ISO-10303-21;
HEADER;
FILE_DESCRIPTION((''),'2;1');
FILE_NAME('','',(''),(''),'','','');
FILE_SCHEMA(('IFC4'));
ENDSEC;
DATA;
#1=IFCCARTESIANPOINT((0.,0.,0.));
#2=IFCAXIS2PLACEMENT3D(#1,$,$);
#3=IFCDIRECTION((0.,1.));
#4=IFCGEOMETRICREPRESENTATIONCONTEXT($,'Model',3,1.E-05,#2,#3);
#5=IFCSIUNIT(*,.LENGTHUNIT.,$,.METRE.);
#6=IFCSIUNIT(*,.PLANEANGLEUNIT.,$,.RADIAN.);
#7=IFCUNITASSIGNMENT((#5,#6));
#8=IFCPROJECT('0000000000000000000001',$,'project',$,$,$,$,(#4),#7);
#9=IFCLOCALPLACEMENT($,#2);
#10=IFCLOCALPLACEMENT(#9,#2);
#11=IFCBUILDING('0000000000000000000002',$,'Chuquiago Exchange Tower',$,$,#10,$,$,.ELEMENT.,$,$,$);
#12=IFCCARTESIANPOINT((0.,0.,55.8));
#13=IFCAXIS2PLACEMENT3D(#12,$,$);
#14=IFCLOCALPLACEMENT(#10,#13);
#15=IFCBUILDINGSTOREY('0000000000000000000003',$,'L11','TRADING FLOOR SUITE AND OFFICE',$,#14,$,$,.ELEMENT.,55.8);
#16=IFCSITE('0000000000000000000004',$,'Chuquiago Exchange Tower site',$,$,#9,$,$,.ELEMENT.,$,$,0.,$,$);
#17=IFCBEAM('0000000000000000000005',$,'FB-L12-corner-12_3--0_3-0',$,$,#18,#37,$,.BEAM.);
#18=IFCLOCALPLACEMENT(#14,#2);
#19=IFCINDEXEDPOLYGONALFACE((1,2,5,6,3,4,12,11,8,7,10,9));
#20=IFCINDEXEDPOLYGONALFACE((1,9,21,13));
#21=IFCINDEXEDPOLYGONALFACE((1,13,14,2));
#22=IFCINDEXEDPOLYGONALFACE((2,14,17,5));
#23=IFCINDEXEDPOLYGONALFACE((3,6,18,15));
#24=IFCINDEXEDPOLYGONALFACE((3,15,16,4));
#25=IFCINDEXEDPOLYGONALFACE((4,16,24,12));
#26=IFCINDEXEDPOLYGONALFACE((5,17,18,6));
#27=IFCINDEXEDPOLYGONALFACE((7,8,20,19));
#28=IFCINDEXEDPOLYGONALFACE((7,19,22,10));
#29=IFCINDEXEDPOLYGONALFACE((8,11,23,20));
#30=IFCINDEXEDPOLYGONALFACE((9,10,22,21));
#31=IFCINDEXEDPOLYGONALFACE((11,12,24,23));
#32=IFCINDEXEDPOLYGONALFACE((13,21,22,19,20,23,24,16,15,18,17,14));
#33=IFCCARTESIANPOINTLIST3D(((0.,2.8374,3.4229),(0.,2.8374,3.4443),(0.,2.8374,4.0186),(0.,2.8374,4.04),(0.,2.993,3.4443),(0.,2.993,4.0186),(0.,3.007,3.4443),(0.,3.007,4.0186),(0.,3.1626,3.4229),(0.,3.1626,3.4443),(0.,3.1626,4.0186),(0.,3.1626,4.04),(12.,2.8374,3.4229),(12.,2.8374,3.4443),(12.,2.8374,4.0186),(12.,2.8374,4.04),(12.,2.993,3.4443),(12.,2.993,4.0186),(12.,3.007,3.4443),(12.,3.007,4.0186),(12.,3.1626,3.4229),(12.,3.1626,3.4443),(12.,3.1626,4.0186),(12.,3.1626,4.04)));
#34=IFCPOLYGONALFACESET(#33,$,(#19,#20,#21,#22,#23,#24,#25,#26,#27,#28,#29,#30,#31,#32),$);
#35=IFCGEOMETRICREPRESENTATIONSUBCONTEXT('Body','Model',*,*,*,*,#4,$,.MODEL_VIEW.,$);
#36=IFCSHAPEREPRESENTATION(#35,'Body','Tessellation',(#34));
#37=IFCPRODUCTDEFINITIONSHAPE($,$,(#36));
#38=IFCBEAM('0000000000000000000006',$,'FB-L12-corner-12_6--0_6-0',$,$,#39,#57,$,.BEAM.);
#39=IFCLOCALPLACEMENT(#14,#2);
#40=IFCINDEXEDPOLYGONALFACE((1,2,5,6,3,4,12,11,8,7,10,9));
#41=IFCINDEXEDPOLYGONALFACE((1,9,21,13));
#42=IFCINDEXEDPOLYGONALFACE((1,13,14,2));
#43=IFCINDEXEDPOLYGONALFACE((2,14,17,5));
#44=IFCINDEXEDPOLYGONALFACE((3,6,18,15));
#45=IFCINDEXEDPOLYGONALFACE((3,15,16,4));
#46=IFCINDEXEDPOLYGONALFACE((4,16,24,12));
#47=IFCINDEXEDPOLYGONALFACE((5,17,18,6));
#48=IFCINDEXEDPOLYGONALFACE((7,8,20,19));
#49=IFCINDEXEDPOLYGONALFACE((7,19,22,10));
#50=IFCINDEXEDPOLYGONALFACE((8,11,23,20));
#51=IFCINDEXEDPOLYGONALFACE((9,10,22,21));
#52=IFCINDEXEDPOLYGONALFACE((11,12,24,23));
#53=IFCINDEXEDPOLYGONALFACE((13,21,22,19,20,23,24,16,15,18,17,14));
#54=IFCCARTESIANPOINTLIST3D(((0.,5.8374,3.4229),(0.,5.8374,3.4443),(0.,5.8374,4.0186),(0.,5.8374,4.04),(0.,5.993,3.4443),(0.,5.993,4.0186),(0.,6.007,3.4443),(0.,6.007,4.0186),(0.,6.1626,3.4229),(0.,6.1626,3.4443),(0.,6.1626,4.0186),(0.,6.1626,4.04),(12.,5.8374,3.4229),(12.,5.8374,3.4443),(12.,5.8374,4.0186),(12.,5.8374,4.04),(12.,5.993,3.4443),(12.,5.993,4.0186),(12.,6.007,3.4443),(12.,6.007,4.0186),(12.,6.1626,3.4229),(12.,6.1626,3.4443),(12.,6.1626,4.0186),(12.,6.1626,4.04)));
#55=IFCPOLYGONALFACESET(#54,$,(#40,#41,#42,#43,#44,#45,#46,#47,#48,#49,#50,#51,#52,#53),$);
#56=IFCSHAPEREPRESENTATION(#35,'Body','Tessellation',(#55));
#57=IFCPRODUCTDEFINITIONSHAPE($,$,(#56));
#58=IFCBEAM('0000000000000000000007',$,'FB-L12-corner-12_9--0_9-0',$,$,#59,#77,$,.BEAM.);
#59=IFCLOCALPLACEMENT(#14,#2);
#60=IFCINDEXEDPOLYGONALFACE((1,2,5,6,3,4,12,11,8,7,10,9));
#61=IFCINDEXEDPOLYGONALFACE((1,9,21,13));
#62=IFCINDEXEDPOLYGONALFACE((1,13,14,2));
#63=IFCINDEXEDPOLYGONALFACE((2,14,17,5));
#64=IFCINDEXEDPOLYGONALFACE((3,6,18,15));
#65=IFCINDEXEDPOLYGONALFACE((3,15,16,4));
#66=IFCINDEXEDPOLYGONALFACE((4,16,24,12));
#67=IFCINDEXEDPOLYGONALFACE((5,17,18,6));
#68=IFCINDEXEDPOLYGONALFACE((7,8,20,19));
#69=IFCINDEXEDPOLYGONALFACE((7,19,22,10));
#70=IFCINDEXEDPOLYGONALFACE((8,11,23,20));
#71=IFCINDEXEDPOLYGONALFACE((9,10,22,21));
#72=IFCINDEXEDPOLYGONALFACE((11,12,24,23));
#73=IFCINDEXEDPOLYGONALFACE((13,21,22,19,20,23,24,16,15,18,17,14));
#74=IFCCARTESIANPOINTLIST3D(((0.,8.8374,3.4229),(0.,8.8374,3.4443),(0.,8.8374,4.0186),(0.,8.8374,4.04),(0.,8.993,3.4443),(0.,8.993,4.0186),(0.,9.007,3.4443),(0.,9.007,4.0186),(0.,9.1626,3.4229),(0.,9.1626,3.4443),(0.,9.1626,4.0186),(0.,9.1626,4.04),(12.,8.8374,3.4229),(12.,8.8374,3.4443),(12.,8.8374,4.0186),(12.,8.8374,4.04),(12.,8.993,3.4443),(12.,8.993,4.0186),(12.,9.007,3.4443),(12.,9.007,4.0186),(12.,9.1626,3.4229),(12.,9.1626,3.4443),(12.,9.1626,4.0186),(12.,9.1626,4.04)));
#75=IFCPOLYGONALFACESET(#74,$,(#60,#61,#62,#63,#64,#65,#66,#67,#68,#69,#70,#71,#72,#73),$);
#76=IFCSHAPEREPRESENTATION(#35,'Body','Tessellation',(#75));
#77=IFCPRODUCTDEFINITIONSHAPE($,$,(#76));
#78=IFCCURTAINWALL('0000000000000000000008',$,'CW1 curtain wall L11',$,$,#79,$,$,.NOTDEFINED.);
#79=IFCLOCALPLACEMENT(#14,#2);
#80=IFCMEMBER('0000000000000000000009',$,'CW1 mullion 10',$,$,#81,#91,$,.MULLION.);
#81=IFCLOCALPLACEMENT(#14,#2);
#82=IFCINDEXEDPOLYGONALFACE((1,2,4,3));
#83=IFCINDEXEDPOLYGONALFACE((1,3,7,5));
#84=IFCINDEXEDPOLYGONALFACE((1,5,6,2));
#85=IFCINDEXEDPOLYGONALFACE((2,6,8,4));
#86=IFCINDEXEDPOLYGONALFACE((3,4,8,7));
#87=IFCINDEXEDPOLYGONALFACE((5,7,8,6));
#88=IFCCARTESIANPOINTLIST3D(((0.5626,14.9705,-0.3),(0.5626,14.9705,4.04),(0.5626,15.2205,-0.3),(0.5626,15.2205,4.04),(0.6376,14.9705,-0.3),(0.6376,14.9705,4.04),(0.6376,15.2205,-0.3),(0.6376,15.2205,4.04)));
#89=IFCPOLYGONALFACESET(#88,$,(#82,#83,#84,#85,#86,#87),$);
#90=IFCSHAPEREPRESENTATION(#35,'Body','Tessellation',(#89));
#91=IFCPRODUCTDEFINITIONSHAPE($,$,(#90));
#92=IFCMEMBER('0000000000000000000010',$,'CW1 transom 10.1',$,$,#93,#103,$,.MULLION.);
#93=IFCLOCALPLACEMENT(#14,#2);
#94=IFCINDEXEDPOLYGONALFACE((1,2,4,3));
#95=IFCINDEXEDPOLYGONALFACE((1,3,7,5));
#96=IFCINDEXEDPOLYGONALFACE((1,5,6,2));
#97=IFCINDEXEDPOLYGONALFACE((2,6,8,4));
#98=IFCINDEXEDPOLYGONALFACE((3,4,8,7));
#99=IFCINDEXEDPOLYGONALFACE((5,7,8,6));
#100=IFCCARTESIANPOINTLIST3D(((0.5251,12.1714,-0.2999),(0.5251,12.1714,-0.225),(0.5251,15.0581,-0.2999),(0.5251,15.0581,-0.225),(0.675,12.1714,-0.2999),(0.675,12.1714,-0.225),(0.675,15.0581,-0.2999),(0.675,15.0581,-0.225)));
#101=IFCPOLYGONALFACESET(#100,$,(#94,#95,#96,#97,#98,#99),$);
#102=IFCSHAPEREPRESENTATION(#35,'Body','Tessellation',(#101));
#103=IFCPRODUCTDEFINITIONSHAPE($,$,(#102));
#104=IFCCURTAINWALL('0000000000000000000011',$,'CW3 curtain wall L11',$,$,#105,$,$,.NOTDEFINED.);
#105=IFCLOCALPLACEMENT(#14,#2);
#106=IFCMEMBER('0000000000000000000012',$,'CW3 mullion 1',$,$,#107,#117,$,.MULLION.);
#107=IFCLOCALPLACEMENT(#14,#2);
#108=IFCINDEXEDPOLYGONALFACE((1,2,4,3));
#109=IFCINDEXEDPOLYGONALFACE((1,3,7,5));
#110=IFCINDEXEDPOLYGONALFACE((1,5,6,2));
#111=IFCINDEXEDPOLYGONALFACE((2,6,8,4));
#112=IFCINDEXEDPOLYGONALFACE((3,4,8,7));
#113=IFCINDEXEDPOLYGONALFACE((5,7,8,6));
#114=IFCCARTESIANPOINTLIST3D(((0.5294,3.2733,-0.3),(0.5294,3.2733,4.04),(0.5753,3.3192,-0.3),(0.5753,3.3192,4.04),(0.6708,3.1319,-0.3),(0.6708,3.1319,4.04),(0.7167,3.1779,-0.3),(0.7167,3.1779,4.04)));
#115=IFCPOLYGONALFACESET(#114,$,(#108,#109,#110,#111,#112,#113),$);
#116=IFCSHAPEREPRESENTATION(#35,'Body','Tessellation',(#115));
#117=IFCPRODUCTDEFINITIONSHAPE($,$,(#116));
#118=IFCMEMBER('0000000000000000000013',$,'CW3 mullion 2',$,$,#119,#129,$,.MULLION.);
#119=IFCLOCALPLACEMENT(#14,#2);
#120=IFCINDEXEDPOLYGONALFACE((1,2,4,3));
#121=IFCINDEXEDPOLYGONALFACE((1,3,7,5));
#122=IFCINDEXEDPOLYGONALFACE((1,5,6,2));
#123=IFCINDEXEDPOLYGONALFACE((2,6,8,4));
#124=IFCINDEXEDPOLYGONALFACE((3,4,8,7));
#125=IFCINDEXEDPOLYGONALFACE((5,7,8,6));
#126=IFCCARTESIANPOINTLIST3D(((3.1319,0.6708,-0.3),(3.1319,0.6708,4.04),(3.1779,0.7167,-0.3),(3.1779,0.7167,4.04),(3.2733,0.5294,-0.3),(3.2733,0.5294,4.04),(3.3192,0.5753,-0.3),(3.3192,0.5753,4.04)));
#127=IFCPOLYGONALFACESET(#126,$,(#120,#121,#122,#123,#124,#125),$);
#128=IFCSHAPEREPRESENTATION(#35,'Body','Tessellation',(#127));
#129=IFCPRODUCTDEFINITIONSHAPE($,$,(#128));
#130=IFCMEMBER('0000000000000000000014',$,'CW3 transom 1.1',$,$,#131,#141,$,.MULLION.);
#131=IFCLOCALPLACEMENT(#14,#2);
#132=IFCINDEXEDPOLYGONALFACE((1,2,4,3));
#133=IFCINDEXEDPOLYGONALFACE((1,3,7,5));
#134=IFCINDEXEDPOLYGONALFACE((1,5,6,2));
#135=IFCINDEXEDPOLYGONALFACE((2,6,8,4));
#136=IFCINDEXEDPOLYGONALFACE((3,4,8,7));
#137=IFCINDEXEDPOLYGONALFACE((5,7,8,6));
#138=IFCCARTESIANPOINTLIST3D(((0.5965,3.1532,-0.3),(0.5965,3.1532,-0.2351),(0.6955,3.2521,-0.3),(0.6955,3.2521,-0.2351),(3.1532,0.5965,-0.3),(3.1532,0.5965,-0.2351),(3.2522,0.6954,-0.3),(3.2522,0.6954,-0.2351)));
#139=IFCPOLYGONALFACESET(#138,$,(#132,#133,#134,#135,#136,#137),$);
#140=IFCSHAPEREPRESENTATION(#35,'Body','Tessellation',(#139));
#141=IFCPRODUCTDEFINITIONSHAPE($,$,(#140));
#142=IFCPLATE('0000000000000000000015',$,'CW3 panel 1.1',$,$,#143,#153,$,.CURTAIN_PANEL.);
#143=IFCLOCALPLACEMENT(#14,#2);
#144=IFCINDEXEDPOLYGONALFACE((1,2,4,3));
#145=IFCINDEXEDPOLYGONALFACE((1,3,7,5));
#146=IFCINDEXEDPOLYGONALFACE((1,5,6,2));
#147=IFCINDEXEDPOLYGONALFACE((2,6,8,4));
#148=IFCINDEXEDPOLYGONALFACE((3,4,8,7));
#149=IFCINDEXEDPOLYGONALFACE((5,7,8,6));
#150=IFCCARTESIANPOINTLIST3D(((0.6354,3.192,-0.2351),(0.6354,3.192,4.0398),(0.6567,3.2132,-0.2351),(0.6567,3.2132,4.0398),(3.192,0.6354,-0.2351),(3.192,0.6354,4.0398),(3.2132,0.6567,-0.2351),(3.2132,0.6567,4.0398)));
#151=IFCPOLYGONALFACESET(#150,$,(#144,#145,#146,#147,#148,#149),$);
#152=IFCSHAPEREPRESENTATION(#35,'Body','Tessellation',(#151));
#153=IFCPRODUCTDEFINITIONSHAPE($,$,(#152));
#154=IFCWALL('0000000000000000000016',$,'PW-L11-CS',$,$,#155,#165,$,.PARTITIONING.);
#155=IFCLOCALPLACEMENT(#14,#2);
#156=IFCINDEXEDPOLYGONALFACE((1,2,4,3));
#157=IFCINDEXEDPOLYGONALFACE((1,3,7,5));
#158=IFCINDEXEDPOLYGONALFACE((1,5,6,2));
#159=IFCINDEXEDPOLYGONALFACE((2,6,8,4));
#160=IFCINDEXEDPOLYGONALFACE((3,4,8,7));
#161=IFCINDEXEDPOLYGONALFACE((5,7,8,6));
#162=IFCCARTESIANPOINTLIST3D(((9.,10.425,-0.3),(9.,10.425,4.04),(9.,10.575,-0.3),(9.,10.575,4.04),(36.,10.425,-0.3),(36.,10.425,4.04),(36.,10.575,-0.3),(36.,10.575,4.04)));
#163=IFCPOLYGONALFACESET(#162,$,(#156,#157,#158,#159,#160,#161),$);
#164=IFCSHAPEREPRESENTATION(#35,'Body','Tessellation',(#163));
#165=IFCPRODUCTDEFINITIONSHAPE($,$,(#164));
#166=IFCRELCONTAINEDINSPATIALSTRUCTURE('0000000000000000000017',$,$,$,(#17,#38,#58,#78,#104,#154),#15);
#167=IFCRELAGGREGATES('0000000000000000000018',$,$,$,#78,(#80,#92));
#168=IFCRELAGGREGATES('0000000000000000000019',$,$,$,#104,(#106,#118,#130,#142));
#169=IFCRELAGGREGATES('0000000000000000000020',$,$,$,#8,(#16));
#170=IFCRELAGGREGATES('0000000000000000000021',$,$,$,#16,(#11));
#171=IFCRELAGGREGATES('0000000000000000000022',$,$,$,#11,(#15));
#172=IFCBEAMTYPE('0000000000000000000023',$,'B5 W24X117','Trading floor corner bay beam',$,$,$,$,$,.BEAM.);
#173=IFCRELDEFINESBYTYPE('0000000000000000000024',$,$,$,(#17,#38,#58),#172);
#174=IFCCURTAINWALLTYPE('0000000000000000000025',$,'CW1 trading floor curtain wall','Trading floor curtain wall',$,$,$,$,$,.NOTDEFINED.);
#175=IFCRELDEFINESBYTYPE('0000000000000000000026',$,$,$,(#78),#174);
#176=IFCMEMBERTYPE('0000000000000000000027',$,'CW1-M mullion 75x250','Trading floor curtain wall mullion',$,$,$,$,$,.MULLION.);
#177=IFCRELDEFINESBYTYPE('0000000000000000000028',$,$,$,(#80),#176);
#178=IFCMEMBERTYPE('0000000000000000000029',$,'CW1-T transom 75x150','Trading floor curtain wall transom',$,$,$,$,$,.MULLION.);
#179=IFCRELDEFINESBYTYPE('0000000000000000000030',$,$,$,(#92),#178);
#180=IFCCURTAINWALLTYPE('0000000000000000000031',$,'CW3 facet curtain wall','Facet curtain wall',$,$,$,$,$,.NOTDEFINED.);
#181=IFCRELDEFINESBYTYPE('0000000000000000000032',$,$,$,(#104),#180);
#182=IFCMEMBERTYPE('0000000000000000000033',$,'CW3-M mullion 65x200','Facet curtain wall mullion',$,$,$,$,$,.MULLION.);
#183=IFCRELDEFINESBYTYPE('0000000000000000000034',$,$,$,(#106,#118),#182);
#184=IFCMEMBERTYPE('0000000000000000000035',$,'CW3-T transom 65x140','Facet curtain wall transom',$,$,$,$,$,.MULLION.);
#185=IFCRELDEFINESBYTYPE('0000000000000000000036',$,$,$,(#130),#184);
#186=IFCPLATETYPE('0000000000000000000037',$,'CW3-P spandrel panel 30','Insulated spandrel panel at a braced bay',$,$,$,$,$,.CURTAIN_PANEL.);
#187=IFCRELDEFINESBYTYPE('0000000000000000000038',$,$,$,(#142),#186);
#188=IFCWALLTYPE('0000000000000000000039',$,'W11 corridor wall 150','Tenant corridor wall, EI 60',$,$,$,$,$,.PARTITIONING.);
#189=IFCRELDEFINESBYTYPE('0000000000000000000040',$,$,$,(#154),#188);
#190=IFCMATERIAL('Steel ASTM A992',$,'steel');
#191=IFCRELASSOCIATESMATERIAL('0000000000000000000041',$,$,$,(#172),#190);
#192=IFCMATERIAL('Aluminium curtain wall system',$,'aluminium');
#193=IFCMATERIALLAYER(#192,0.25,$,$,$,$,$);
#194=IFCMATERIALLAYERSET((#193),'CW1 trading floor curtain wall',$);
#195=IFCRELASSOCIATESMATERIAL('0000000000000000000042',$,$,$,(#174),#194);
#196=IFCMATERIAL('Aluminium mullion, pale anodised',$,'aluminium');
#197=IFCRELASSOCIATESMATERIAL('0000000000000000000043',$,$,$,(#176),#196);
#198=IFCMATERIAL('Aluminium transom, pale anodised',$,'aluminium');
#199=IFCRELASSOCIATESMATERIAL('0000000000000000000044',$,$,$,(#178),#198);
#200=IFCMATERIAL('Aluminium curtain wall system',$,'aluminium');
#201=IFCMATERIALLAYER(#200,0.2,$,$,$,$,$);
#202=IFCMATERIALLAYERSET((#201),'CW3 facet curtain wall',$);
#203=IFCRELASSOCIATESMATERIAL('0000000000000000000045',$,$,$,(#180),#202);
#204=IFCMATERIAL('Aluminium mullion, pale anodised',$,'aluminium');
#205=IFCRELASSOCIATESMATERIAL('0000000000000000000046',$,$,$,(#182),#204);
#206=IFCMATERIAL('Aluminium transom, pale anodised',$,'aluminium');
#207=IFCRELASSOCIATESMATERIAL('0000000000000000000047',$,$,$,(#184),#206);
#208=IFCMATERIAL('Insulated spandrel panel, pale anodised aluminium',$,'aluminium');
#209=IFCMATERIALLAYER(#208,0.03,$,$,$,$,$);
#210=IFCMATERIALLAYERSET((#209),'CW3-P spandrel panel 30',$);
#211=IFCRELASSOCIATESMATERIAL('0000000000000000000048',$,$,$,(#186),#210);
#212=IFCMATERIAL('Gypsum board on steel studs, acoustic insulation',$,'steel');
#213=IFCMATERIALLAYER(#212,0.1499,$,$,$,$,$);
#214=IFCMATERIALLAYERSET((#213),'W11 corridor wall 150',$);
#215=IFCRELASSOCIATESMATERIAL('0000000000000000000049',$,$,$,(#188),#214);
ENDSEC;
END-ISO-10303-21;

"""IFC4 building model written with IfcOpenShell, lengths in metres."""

from ifc_helpers import new_model, si_unit, direction, frame, frame_2d, origin, origin_2d, place, context, subcontext, project, spatial, rectangle, i_section, extrude, material, layer, layer_set, material_profile, profile_set, type_object, element, aggregate, save


model = new_model("IFC4")

# Units and contexts
model_context = context("Model", 3, precision=1e-05, world=origin(), true_north=direction((0.0, 1.0)))
body_context = subcontext(model_context, "Body", "Model", "MODEL_VIEW")
ifc_project = project(units=[si_unit("LENGTHUNIT", "METRE"), si_unit("PLANEANGLEUNIT", "RADIAN")], contexts=[model_context])

# Site, building, storey
site_placement = place(None, origin())
site = spatial("IfcSite", under=ifc_project, at=site_placement, Name="Chuquiago Exchange Tower site", CompositionType="ELEMENT", RefElevation=0.0)
building_placement = place(site_placement, origin())
building = spatial("IfcBuilding", under=site, at=building_placement, Name="Chuquiago Exchange Tower", CompositionType="ELEMENT")
storey_placement = place(building_placement, frame((0.0, 0.0, 55.8)))
storey = spatial("IfcBuildingStorey", under=building, at=storey_placement, Name="L11", Description="TRADING FLOOR SUITE AND OFFICE", CompositionType="ELEMENT", Elevation=55.8)

# Beams
ifc_material_1 = material(Name="Steel ASTM A992", Category="steel")
ifc_material_profile_1 = material_profile(ifc_material_1, i_section(OverallWidth=0.3252, OverallDepth=0.6172, WebThickness=0.0139, FlangeThickness=0.0215, at=origin_2d()), Name="W24X117")
ifc_profile_set_1 = profile_set([ifc_material_profile_1], Name="Steel ASTM A992")
beam_type = type_object("IfcBeamType", Name="B5 W24X117", Description="Trading floor corner bay beam", PredefinedType="BEAM", material=ifc_profile_set_1)
for number, where, z_axis, x_axis, name in (
    (1, (12.0, 3.0, 3.7314), (-1.0, 0.0, 0.0), (0.0, -1.0, 0.0), "FB-L12-corner-12_3--0_3-0"),
    (2, (12.0, 6.0, 3.7314), (-1.0, 0.0, 0.0), (0.0, -1.0, 0.0), "FB-L12-corner-12_6--0_6-0"),
    (3, (12.0, 9.0, 3.7314), (-1.0, 0.0, 0.0), (0.0, -1.0, 0.0), "FB-L12-corner-12_9--0_9-0"),
):
    element("IfcBeam", number, at=place(storey_placement, frame(where, z_axis=z_axis, x_axis=x_axis)), inside=storey, type_object=beam_type, Name=name, PredefinedType="BEAM", context=body_context, shape_type="SweptSolid", body=[
        extrude(i_section(OverallWidth=0.3252, OverallDepth=0.6172, WebThickness=0.0139, FlangeThickness=0.0215, at=origin_2d()), origin(), (0.0, 0.0, 1.0), 12.0),
    ])

# Curtain wall, members
ifc_material_2 = material(Name="Aluminium curtain wall system", Category="aluminium")
ifc_layer_1 = layer(ifc_material_2, 0.25)
ifc_layer_set_1 = layer_set([ifc_layer_1], Name="CW1 trading floor curtain wall")
curtain_wall_type_1 = type_object("IfcCurtainWallType", Name="CW1 trading floor curtain wall", Description="Trading floor curtain wall", PredefinedType="NOTDEFINED", material=ifc_layer_set_1)
curtain_wall_1_placement = place(storey_placement, origin())
curtain_wall_1 = element("IfcCurtainWall", 4, at=curtain_wall_1_placement, inside=storey, type_object=curtain_wall_type_1, Name="CW1 curtain wall L11", PredefinedType="NOTDEFINED")
ifc_material_3 = material(Name="Aluminium mullion, pale anodised", Category="aluminium")
ifc_material_profile_2 = material_profile(ifc_material_3, rectangle(XDim=0.075, YDim=0.25, at=origin_2d()), Name="AL 75x250")
ifc_profile_set_2 = profile_set([ifc_material_profile_2], Name="Aluminium mullion, pale anodised")
member_type_1 = type_object("IfcMemberType", Name="CW1-M mullion 75x250", Description="Trading floor curtain wall mullion", PredefinedType="MULLION", material=ifc_profile_set_2)
member_1_placement = place(storey_placement, frame((0.6001, 15.0955, -0.3), z_axis=(0.0, 0.0, 1.0), x_axis=(1.0, 0.0, 0.0)))
member_1 = element("IfcMember", 5, at=member_1_placement, type_object=member_type_1, Name="CW1 mullion 10", PredefinedType="MULLION", context=body_context, shape_type="SweptSolid", body=[
    extrude(rectangle(XDim=0.075, YDim=0.25, at=origin_2d()), origin(), (0.0, 0.0, 1.0), 4.3401),
])
ifc_material_4 = material(Name="Aluminium transom, pale anodised", Category="aluminium")
ifc_material_profile_3 = material_profile(ifc_material_4, rectangle(XDim=0.1499, YDim=0.075, at=origin_2d()), Name="AL 150x75")
ifc_profile_set_3 = profile_set([ifc_material_profile_3], Name="Aluminium transom, pale anodised")
member_type_2 = type_object("IfcMemberType", Name="CW1-T transom 75x150", Description="Trading floor curtain wall transom", PredefinedType="MULLION", material=ifc_profile_set_3)
member_2_placement = place(storey_placement, frame((0.6001, 15.0581, -0.2625), z_axis=(0.0, -1.0, 0.0), x_axis=(1.0, 0.0, 0.0)))
member_2 = element("IfcMember", 6, at=member_2_placement, type_object=member_type_2, Name="CW1 transom 10.1", PredefinedType="MULLION", context=body_context, shape_type="SweptSolid", body=[
    extrude(rectangle(XDim=0.1499, YDim=0.075, at=origin_2d()), origin(), (0.0, 0.0, 1.0), 2.8867),
])
aggregate(curtain_wall_1, [member_1, member_2])

# Curtain wall, members, plate
ifc_material_5 = material(Name="Aluminium curtain wall system", Category="aluminium")
ifc_layer_2 = layer(ifc_material_5, 0.2)
ifc_layer_set_2 = layer_set([ifc_layer_2], Name="CW3 facet curtain wall")
curtain_wall_type_2 = type_object("IfcCurtainWallType", Name="CW3 facet curtain wall", Description="Facet curtain wall", PredefinedType="NOTDEFINED", material=ifc_layer_set_2)
curtain_wall_2_placement = place(storey_placement, origin())
curtain_wall_2 = element("IfcCurtainWall", 7, at=curtain_wall_2_placement, inside=storey, type_object=curtain_wall_type_2, Name="CW3 curtain wall L11", PredefinedType="NOTDEFINED")
ifc_material_6 = material(Name="Aluminium mullion, pale anodised", Category="aluminium")
ifc_material_profile_4 = material_profile(ifc_material_6, rectangle(XDim=0.0649, YDim=0.2, at=origin_2d()), Name="AL 65x200")
ifc_profile_set_4 = profile_set([ifc_material_profile_4], Name="Aluminium mullion, pale anodised")
member_type_3 = type_object("IfcMemberType", Name="CW3-M mullion 65x200", Description="Facet curtain wall mullion", PredefinedType="MULLION", material=ifc_profile_set_4)
member_3_placement = place(storey_placement, frame((0.623, 3.2256, -0.3), z_axis=(0.0, 0.0, 1.0), x_axis=(0.707107, 0.707107, 0.0)))
member_3 = element("IfcMember", 8, at=member_3_placement, type_object=member_type_3, Name="CW3 mullion 1", PredefinedType="MULLION", context=body_context, shape_type="SweptSolid", body=[
    extrude(rectangle(XDim=0.0649, YDim=0.2, at=origin_2d()), origin(), (0.0, 0.0, 1.0), 4.3401),
])
member_4_placement = place(storey_placement, frame((3.2256, 0.623, -0.3), z_axis=(0.0, 0.0, 1.0), x_axis=(0.707107, 0.707107, 0.0)))
member_4 = element("IfcMember", 9, at=member_4_placement, type_object=member_type_3, Name="CW3 mullion 2", PredefinedType="MULLION", context=body_context, shape_type="SweptSolid", body=[
    extrude(rectangle(XDim=0.0649, YDim=0.2, at=origin_2d()), origin(), (0.0, 0.0, 1.0), 4.3401),
])
ifc_material_7 = material(Name="Aluminium transom, pale anodised", Category="aluminium")
ifc_material_profile_5 = material_profile(ifc_material_7, rectangle(XDim=0.1399, YDim=0.0649, at=origin_2d()), Name="AL 140x65")
ifc_profile_set_5 = profile_set([ifc_material_profile_5], Name="Aluminium transom, pale anodised")
member_type_4 = type_object("IfcMemberType", Name="CW3-T transom 65x140", Description="Facet curtain wall transom", PredefinedType="MULLION", material=ifc_profile_set_5)
member_5_placement = place(storey_placement, frame((0.646, 3.2026, -0.2676), z_axis=(0.707107, -0.707107, 0.0), x_axis=(0.707107, 0.707107, 0.0)))
member_5 = element("IfcMember", 10, at=member_5_placement, type_object=member_type_4, Name="CW3 transom 1.1", PredefinedType="MULLION", context=body_context, shape_type="SweptSolid", body=[
    extrude(rectangle(XDim=0.1399, YDim=0.0649, at=origin_2d()), origin(), (0.0, 0.0, 1.0), 3.6157),
])
ifc_material_8 = material(Name="Insulated spandrel panel, pale anodised aluminium", Category="aluminium")
ifc_layer_3 = layer(ifc_material_8, 0.03)
ifc_layer_set_3 = layer_set([ifc_layer_3], Name="CW3-P spandrel panel 30")
plate_type = type_object("IfcPlateType", Name="CW3-P spandrel panel 30", Description="Insulated spandrel panel at a braced bay", PredefinedType="CURTAIN_PANEL", material=ifc_layer_set_3)
plate_placement = place(storey_placement, frame((1.9243, 1.9243, -0.2351), z_axis=(0.0, 0.0, 1.0), x_axis=(0.707107, -0.707107, 0.0)))
plate = element("IfcPlate", 11, at=plate_placement, type_object=plate_type, Name="CW3 panel 1.1", PredefinedType="CURTAIN_PANEL", context=body_context, shape_type="SweptSolid", body=[
    extrude(rectangle(XDim=3.6155, YDim=0.03, at=origin_2d()), origin(), (0.0, 0.0, 1.0), 4.2749),
])
aggregate(curtain_wall_2, [member_3, member_4, member_5, plate])

# Wall
ifc_material_9 = material(Name="Gypsum board on steel studs, acoustic insulation", Category="steel")
ifc_layer_4 = layer(ifc_material_9, 0.1499)
ifc_layer_set_4 = layer_set([ifc_layer_4], Name="W11 corridor wall 150")
wall_type_1 = type_object("IfcWallType", Name="W11 corridor wall 150", Description="Tenant corridor wall, EI 60", PredefinedType="PARTITIONING", material=ifc_layer_set_4)
wall_1_placement = place(storey_placement, frame((9.0, 10.5, -0.3), z_axis=(0.0, 0.0, 1.0), x_axis=(1.0, 0.0, 0.0)))
element("IfcWall", 12, at=wall_1_placement, inside=storey, type_object=wall_type_1, Name="PW-L11-CS", PredefinedType="PARTITIONING", context=body_context, shape_type="SweptSolid", body=[
    extrude(rectangle(XDim=27.0, YDim=0.1499, at=frame_2d((13.5, 0.0))), origin(), (0.0, 0.0, 1.0), 4.3401),
])

save(model, "model.ifc")
